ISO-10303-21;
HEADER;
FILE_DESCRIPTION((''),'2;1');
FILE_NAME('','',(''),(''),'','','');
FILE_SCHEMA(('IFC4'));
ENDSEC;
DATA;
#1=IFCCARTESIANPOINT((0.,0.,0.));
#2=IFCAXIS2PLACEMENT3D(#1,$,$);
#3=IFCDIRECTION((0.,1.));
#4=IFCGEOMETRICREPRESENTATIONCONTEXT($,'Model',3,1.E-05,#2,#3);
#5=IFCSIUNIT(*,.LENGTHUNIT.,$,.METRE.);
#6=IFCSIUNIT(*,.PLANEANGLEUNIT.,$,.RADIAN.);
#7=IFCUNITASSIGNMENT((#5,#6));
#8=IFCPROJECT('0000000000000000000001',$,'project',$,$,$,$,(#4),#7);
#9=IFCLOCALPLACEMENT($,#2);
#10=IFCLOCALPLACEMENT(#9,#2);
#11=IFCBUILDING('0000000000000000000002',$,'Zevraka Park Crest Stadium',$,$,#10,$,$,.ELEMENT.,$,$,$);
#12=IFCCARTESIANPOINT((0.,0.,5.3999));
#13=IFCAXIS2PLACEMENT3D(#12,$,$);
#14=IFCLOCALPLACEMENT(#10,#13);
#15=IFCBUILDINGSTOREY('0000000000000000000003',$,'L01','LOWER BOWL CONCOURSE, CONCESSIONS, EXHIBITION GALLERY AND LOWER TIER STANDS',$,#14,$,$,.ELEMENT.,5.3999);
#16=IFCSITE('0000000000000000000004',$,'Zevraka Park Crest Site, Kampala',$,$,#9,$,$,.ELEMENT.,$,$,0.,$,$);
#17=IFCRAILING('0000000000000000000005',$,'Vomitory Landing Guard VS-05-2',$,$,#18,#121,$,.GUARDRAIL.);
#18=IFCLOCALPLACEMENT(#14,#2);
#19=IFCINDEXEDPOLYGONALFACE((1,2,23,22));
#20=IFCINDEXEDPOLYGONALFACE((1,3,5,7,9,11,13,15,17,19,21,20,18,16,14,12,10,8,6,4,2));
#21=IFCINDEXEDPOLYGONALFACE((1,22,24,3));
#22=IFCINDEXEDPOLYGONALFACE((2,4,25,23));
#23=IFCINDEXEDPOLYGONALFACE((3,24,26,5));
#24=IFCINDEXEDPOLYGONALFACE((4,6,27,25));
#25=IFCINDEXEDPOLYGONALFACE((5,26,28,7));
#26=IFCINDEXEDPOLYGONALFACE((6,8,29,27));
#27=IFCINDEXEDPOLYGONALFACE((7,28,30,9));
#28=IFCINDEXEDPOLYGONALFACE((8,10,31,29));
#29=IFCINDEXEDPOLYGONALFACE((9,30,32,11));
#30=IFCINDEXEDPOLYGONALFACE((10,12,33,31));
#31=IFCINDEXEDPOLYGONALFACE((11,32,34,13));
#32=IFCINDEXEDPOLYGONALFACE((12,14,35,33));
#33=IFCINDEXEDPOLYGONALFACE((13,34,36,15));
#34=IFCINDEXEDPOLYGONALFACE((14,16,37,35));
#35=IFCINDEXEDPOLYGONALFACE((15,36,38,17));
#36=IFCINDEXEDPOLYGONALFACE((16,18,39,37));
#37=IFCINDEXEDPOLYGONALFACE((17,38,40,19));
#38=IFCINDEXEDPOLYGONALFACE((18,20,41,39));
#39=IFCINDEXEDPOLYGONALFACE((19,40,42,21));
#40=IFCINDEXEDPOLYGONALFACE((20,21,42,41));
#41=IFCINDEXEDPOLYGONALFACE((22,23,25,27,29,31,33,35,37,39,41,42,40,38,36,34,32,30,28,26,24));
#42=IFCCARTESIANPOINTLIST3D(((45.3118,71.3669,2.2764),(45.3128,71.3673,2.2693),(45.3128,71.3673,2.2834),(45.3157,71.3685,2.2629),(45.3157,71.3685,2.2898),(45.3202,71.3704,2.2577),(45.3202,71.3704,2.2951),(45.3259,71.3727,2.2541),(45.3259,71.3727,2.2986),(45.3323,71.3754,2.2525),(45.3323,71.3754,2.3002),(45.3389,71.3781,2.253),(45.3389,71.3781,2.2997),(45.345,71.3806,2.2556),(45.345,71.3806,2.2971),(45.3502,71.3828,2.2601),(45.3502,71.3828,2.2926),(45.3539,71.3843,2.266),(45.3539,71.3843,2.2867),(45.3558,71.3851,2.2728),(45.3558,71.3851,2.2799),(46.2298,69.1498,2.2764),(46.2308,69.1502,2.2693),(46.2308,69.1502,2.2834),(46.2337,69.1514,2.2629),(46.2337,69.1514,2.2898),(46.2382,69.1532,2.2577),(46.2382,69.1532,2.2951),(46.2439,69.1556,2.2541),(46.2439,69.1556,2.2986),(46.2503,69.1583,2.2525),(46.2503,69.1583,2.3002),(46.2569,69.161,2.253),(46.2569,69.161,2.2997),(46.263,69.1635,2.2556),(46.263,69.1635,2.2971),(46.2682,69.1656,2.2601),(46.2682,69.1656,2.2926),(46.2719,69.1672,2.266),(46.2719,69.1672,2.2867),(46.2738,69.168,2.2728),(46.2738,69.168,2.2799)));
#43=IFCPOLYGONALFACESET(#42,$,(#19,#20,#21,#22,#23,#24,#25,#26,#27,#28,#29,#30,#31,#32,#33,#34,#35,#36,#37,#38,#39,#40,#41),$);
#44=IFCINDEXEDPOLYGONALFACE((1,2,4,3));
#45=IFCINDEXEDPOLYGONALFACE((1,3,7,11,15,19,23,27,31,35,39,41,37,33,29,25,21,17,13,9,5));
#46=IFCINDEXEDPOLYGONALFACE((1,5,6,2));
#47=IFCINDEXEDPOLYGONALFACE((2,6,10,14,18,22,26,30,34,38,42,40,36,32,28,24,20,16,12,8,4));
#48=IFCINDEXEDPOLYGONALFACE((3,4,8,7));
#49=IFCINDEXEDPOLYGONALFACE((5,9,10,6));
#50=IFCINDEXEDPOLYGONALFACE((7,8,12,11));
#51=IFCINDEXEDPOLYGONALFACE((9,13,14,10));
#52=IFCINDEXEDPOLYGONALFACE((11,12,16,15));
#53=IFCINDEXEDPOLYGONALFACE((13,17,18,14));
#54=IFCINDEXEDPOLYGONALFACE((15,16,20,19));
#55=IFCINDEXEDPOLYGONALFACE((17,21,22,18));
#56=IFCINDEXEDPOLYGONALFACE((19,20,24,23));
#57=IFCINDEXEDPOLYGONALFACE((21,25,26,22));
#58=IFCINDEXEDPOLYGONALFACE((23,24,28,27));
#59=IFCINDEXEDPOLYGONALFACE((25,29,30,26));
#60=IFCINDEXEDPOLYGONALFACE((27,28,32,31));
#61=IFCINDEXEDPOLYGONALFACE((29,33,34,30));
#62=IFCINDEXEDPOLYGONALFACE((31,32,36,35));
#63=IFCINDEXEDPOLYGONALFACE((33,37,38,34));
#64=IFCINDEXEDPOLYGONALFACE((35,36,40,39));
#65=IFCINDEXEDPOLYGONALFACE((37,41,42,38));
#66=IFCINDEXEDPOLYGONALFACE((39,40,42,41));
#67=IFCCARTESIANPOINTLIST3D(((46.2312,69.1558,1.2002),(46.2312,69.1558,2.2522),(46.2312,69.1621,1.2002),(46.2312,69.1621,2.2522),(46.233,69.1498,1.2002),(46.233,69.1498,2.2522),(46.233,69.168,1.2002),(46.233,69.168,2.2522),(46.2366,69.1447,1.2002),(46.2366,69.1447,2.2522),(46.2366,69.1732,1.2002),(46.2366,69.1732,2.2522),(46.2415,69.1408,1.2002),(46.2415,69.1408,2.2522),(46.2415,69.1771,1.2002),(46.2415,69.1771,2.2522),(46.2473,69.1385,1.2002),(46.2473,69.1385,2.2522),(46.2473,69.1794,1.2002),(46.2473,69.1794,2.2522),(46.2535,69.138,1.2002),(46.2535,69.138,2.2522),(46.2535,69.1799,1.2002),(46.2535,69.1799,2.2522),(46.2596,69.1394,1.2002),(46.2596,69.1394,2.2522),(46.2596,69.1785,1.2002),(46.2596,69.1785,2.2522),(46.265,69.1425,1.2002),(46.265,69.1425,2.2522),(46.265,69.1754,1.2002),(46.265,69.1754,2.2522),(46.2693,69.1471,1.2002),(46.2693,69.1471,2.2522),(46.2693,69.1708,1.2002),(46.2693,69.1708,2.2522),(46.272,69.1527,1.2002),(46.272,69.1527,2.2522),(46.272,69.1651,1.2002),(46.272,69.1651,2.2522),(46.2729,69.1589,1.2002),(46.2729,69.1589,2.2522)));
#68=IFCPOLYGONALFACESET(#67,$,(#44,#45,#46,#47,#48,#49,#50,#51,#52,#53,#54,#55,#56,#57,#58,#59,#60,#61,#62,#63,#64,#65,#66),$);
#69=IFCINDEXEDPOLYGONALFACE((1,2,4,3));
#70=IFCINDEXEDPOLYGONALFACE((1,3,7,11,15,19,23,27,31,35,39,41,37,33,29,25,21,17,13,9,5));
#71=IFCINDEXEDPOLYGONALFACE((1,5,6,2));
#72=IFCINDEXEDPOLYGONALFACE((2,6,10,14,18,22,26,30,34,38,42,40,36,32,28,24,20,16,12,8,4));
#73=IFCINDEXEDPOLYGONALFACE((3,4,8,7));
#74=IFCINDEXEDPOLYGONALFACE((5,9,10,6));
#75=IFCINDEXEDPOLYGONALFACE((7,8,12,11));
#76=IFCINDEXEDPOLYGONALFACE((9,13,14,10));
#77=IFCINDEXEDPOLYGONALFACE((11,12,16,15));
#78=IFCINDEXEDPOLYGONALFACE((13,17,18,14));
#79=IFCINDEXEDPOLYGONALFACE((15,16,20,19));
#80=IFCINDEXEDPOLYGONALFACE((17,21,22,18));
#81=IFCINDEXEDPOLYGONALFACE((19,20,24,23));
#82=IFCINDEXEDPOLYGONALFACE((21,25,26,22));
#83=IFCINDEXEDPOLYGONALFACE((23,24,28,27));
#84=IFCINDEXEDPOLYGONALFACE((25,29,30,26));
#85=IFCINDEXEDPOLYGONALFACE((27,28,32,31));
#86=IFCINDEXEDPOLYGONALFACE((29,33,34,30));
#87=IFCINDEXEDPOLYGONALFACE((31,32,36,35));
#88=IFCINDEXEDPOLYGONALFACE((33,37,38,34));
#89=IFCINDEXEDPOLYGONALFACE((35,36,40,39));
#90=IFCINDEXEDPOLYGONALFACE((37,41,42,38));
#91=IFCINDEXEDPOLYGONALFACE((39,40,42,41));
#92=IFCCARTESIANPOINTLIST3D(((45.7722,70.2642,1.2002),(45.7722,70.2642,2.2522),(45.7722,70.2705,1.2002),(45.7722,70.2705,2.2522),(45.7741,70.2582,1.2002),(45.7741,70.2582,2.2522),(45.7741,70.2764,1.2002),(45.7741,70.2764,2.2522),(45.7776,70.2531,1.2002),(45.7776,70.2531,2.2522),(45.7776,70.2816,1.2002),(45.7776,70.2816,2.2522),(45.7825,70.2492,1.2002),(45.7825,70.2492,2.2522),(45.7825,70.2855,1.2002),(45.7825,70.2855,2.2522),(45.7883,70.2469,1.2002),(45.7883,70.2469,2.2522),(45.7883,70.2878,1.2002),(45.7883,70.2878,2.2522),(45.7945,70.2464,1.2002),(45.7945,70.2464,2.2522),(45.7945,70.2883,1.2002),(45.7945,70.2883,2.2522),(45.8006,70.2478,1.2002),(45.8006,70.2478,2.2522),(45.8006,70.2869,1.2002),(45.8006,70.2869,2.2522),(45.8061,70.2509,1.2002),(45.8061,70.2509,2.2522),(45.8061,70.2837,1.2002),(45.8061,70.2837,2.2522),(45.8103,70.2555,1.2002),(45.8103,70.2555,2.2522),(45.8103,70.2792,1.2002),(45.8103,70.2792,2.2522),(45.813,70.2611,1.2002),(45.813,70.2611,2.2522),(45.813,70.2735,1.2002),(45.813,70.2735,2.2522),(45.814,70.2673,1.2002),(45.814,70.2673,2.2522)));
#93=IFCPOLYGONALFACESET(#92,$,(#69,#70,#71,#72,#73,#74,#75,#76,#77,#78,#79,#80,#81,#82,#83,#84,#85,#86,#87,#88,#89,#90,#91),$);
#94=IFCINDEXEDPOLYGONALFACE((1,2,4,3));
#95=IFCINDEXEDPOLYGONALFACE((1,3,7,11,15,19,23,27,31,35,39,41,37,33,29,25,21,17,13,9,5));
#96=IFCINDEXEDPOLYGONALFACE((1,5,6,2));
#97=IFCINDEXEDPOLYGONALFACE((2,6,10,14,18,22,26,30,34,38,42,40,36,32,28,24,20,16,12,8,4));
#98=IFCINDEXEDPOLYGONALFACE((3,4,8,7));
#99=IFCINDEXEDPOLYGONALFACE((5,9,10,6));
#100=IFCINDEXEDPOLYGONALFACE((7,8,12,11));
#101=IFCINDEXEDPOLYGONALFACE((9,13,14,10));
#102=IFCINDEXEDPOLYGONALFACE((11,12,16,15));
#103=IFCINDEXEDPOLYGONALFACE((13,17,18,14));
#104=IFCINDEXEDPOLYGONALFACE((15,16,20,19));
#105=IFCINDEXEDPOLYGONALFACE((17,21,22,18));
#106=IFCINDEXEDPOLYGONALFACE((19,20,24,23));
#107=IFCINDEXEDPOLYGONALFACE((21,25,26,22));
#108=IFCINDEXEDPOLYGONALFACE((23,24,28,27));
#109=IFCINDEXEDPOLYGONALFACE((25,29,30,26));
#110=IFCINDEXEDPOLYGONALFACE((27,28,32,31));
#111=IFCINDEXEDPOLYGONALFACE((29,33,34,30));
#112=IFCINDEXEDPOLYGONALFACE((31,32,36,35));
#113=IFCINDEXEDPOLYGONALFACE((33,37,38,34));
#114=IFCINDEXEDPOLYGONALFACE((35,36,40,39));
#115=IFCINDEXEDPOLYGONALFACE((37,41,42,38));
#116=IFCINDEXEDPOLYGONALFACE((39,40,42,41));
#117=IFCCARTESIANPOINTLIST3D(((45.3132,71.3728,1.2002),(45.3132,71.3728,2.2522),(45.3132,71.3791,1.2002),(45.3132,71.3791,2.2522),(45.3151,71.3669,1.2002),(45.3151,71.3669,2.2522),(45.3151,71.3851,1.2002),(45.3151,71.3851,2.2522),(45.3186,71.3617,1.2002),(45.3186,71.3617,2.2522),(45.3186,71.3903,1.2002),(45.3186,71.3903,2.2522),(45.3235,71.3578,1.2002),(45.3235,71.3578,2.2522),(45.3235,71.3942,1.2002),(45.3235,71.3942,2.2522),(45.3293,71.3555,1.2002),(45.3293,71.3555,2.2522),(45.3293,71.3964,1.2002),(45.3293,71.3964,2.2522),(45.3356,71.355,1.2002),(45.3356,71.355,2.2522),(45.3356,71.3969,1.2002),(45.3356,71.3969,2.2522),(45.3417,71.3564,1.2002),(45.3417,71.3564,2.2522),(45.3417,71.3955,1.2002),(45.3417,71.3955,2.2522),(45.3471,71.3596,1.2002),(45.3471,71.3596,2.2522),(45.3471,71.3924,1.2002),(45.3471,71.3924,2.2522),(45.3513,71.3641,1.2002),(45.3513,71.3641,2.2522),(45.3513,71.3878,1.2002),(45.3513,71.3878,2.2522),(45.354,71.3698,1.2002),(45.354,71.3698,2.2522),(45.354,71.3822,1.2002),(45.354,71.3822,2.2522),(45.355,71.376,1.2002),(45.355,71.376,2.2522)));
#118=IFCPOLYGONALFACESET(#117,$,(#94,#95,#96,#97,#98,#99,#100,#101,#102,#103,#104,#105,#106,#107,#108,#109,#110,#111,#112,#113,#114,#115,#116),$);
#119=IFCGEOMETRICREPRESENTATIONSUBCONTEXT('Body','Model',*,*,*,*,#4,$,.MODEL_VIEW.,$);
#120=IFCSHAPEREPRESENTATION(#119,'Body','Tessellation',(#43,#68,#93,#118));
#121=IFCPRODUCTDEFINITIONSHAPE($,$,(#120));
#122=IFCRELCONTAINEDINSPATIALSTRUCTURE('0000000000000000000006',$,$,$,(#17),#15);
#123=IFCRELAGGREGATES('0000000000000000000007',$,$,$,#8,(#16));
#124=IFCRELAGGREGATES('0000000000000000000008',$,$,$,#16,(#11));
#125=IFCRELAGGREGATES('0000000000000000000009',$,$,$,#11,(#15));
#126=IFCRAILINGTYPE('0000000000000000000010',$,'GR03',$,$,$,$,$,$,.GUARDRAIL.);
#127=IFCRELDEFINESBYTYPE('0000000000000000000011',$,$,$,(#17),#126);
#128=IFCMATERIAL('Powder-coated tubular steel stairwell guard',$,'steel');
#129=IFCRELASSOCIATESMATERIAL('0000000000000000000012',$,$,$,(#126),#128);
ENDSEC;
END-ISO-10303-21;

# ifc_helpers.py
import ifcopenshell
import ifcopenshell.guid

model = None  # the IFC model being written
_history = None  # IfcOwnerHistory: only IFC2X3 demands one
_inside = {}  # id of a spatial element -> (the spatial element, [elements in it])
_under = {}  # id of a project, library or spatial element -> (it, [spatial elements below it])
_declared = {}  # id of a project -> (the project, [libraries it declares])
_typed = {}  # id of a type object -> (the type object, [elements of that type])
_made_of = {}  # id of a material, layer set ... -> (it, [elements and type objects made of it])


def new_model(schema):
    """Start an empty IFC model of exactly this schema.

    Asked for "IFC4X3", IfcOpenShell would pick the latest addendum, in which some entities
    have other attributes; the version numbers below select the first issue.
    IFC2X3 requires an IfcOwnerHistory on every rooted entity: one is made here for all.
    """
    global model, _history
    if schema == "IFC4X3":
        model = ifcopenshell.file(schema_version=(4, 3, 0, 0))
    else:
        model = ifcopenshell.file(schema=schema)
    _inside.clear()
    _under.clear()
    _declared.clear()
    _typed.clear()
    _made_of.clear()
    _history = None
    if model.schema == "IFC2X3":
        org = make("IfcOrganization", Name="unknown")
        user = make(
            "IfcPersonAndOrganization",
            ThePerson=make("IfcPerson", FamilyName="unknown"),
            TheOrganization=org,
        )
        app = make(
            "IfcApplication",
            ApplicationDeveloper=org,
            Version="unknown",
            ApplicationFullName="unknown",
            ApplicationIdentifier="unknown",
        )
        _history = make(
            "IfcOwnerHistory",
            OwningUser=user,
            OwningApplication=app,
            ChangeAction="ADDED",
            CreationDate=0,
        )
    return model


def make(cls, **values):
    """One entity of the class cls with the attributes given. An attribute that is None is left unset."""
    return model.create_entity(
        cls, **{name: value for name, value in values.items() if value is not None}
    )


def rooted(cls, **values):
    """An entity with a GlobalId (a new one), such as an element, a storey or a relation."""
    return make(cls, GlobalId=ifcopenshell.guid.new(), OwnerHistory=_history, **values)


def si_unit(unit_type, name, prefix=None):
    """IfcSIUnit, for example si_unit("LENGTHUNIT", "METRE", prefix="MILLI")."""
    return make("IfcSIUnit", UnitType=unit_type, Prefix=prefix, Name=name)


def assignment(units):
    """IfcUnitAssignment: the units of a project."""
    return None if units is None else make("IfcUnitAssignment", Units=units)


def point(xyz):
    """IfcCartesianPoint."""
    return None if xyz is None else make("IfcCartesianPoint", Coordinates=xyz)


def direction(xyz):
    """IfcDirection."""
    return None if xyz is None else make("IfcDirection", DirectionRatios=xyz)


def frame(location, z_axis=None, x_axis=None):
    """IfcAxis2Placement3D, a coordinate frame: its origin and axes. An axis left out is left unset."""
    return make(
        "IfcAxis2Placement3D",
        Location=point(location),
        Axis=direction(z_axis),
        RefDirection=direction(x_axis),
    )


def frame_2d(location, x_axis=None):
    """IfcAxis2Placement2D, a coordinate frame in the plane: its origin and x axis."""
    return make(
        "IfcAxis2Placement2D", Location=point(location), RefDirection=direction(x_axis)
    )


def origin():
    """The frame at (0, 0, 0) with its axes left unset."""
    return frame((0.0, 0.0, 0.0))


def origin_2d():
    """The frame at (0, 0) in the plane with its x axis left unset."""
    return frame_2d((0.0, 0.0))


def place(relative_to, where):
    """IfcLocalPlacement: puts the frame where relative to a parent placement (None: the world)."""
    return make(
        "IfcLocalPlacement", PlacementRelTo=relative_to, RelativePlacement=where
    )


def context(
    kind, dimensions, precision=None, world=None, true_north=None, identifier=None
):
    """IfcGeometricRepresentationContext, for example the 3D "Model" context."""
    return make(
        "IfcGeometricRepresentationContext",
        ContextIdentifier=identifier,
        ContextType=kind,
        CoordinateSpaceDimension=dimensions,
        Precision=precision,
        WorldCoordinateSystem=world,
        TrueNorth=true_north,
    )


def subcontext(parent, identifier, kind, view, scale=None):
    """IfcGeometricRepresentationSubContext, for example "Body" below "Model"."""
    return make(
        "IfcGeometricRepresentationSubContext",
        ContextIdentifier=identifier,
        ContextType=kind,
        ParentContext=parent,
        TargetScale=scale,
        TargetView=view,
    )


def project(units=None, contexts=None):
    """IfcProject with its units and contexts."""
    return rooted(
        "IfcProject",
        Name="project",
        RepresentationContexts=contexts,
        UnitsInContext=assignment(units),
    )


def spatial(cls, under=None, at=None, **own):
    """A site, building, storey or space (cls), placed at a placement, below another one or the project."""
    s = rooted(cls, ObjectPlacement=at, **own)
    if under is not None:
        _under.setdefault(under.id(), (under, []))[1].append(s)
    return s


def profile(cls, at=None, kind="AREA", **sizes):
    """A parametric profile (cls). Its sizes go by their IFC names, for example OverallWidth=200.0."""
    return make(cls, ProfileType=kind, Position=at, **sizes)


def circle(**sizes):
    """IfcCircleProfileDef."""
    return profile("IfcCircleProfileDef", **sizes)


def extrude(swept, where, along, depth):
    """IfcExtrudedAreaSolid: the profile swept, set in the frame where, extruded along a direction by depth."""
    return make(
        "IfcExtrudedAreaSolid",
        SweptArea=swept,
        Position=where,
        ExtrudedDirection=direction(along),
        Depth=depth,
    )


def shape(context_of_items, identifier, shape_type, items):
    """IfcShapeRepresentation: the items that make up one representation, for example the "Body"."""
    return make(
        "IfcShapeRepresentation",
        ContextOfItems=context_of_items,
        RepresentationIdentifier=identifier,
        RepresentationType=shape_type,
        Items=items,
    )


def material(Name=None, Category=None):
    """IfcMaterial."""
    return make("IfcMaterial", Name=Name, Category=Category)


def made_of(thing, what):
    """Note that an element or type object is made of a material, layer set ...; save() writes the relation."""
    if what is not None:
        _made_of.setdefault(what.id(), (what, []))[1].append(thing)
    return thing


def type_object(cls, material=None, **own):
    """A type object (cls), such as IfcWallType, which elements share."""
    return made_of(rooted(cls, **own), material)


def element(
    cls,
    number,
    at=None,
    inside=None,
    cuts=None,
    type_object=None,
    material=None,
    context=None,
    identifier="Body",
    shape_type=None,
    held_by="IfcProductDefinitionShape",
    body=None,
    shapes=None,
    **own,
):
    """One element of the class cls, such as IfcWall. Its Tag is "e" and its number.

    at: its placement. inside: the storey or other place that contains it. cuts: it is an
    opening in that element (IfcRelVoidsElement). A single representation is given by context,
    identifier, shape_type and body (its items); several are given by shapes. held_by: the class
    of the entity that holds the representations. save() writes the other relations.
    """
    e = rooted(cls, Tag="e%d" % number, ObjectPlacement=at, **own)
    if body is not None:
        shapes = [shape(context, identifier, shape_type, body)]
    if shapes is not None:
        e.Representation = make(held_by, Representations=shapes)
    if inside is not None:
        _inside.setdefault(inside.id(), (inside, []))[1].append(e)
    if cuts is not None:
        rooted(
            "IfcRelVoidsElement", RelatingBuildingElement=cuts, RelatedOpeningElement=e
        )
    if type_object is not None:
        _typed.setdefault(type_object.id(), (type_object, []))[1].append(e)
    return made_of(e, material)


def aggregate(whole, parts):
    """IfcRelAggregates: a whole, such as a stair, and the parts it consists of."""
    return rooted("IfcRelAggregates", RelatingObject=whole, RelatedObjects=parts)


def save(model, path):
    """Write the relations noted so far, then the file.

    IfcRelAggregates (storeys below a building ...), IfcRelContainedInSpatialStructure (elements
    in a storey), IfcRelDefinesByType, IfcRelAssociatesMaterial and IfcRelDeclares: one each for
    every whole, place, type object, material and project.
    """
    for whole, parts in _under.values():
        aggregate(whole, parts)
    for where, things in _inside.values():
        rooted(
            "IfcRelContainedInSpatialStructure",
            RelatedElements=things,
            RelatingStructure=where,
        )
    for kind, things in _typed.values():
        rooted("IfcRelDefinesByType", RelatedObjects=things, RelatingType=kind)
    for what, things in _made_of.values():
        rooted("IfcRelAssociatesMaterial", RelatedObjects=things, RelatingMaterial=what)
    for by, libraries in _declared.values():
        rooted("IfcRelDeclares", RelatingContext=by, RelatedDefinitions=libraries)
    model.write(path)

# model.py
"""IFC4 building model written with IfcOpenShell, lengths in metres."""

from ifc_helpers import new_model, si_unit, direction, frame, origin, origin_2d, place, context, subcontext, project, spatial, circle, extrude, material, type_object, element, save


model = new_model("IFC4")

# Units and contexts
model_context = context("Model", 3, precision=1e-05, world=origin(), true_north=direction((0.0, 1.0)))
body_context = subcontext(model_context, "Body", "Model", "MODEL_VIEW")
ifc_project = project(units=[si_unit("LENGTHUNIT", "METRE"), si_unit("PLANEANGLEUNIT", "RADIAN")], contexts=[model_context])

# Site, building, storey
site_placement = place(None, origin())
site = spatial("IfcSite", under=ifc_project, at=site_placement, Name="Zevraka Park Crest Site, Kampala", CompositionType="ELEMENT", RefElevation=0.0)
building_placement = place(site_placement, origin())
building = spatial("IfcBuilding", under=site, at=building_placement, Name="Zevraka Park Crest Stadium", CompositionType="ELEMENT")
storey_placement = place(building_placement, frame((0.0, 0.0, 5.3999)))
storey = spatial("IfcBuildingStorey", under=building, at=storey_placement, Name="L01", Description="LOWER BOWL CONCOURSE, CONCESSIONS, EXHIBITION GALLERY AND LOWER TIER STANDS", CompositionType="ELEMENT", Elevation=5.3999)

# Railing
ifc_material_1 = material(Name="Powder-coated tubular steel stairwell guard", Category="steel")
railing_type_1 = type_object("IfcRailingType", Name="GR03", PredefinedType="GUARDRAIL", material=ifc_material_1)
railing_1_placement = place(storey_placement, frame((46.252, 69.1589, 1.2002)))
element("IfcRailing", 1, at=railing_1_placement, inside=storey, type_object=railing_type_1, Name="Vomitory Landing Guard VS-05-2", PredefinedType="GUARDRAIL", context=body_context, shape_type="SweptSolid", body=[
    extrude(circle(Radius=0.0239, at=origin_2d()), frame((0.0, 0.0, 1.0762), z_axis=(-0.382555, 0.923933, 0.0), x_axis=(-0.923933, -0.382555, 0.0)), (0.0, 0.0, 1.0), 2.3997),
    extrude(circle(Radius=0.021, at=origin_2d()), origin(), (0.0, 0.0, 1.0), 1.052),
    extrude(circle(Radius=0.021, at=origin_2d()), frame((-0.459, 1.1084, 0.0)), (0.0, 0.0, 1.0), 1.052),
    extrude(circle(Radius=0.021, at=origin_2d()), frame((-0.918, 2.217, 0.0)), (0.0, 0.0, 1.0), 1.052),
])

save(model, "model.ifc")
